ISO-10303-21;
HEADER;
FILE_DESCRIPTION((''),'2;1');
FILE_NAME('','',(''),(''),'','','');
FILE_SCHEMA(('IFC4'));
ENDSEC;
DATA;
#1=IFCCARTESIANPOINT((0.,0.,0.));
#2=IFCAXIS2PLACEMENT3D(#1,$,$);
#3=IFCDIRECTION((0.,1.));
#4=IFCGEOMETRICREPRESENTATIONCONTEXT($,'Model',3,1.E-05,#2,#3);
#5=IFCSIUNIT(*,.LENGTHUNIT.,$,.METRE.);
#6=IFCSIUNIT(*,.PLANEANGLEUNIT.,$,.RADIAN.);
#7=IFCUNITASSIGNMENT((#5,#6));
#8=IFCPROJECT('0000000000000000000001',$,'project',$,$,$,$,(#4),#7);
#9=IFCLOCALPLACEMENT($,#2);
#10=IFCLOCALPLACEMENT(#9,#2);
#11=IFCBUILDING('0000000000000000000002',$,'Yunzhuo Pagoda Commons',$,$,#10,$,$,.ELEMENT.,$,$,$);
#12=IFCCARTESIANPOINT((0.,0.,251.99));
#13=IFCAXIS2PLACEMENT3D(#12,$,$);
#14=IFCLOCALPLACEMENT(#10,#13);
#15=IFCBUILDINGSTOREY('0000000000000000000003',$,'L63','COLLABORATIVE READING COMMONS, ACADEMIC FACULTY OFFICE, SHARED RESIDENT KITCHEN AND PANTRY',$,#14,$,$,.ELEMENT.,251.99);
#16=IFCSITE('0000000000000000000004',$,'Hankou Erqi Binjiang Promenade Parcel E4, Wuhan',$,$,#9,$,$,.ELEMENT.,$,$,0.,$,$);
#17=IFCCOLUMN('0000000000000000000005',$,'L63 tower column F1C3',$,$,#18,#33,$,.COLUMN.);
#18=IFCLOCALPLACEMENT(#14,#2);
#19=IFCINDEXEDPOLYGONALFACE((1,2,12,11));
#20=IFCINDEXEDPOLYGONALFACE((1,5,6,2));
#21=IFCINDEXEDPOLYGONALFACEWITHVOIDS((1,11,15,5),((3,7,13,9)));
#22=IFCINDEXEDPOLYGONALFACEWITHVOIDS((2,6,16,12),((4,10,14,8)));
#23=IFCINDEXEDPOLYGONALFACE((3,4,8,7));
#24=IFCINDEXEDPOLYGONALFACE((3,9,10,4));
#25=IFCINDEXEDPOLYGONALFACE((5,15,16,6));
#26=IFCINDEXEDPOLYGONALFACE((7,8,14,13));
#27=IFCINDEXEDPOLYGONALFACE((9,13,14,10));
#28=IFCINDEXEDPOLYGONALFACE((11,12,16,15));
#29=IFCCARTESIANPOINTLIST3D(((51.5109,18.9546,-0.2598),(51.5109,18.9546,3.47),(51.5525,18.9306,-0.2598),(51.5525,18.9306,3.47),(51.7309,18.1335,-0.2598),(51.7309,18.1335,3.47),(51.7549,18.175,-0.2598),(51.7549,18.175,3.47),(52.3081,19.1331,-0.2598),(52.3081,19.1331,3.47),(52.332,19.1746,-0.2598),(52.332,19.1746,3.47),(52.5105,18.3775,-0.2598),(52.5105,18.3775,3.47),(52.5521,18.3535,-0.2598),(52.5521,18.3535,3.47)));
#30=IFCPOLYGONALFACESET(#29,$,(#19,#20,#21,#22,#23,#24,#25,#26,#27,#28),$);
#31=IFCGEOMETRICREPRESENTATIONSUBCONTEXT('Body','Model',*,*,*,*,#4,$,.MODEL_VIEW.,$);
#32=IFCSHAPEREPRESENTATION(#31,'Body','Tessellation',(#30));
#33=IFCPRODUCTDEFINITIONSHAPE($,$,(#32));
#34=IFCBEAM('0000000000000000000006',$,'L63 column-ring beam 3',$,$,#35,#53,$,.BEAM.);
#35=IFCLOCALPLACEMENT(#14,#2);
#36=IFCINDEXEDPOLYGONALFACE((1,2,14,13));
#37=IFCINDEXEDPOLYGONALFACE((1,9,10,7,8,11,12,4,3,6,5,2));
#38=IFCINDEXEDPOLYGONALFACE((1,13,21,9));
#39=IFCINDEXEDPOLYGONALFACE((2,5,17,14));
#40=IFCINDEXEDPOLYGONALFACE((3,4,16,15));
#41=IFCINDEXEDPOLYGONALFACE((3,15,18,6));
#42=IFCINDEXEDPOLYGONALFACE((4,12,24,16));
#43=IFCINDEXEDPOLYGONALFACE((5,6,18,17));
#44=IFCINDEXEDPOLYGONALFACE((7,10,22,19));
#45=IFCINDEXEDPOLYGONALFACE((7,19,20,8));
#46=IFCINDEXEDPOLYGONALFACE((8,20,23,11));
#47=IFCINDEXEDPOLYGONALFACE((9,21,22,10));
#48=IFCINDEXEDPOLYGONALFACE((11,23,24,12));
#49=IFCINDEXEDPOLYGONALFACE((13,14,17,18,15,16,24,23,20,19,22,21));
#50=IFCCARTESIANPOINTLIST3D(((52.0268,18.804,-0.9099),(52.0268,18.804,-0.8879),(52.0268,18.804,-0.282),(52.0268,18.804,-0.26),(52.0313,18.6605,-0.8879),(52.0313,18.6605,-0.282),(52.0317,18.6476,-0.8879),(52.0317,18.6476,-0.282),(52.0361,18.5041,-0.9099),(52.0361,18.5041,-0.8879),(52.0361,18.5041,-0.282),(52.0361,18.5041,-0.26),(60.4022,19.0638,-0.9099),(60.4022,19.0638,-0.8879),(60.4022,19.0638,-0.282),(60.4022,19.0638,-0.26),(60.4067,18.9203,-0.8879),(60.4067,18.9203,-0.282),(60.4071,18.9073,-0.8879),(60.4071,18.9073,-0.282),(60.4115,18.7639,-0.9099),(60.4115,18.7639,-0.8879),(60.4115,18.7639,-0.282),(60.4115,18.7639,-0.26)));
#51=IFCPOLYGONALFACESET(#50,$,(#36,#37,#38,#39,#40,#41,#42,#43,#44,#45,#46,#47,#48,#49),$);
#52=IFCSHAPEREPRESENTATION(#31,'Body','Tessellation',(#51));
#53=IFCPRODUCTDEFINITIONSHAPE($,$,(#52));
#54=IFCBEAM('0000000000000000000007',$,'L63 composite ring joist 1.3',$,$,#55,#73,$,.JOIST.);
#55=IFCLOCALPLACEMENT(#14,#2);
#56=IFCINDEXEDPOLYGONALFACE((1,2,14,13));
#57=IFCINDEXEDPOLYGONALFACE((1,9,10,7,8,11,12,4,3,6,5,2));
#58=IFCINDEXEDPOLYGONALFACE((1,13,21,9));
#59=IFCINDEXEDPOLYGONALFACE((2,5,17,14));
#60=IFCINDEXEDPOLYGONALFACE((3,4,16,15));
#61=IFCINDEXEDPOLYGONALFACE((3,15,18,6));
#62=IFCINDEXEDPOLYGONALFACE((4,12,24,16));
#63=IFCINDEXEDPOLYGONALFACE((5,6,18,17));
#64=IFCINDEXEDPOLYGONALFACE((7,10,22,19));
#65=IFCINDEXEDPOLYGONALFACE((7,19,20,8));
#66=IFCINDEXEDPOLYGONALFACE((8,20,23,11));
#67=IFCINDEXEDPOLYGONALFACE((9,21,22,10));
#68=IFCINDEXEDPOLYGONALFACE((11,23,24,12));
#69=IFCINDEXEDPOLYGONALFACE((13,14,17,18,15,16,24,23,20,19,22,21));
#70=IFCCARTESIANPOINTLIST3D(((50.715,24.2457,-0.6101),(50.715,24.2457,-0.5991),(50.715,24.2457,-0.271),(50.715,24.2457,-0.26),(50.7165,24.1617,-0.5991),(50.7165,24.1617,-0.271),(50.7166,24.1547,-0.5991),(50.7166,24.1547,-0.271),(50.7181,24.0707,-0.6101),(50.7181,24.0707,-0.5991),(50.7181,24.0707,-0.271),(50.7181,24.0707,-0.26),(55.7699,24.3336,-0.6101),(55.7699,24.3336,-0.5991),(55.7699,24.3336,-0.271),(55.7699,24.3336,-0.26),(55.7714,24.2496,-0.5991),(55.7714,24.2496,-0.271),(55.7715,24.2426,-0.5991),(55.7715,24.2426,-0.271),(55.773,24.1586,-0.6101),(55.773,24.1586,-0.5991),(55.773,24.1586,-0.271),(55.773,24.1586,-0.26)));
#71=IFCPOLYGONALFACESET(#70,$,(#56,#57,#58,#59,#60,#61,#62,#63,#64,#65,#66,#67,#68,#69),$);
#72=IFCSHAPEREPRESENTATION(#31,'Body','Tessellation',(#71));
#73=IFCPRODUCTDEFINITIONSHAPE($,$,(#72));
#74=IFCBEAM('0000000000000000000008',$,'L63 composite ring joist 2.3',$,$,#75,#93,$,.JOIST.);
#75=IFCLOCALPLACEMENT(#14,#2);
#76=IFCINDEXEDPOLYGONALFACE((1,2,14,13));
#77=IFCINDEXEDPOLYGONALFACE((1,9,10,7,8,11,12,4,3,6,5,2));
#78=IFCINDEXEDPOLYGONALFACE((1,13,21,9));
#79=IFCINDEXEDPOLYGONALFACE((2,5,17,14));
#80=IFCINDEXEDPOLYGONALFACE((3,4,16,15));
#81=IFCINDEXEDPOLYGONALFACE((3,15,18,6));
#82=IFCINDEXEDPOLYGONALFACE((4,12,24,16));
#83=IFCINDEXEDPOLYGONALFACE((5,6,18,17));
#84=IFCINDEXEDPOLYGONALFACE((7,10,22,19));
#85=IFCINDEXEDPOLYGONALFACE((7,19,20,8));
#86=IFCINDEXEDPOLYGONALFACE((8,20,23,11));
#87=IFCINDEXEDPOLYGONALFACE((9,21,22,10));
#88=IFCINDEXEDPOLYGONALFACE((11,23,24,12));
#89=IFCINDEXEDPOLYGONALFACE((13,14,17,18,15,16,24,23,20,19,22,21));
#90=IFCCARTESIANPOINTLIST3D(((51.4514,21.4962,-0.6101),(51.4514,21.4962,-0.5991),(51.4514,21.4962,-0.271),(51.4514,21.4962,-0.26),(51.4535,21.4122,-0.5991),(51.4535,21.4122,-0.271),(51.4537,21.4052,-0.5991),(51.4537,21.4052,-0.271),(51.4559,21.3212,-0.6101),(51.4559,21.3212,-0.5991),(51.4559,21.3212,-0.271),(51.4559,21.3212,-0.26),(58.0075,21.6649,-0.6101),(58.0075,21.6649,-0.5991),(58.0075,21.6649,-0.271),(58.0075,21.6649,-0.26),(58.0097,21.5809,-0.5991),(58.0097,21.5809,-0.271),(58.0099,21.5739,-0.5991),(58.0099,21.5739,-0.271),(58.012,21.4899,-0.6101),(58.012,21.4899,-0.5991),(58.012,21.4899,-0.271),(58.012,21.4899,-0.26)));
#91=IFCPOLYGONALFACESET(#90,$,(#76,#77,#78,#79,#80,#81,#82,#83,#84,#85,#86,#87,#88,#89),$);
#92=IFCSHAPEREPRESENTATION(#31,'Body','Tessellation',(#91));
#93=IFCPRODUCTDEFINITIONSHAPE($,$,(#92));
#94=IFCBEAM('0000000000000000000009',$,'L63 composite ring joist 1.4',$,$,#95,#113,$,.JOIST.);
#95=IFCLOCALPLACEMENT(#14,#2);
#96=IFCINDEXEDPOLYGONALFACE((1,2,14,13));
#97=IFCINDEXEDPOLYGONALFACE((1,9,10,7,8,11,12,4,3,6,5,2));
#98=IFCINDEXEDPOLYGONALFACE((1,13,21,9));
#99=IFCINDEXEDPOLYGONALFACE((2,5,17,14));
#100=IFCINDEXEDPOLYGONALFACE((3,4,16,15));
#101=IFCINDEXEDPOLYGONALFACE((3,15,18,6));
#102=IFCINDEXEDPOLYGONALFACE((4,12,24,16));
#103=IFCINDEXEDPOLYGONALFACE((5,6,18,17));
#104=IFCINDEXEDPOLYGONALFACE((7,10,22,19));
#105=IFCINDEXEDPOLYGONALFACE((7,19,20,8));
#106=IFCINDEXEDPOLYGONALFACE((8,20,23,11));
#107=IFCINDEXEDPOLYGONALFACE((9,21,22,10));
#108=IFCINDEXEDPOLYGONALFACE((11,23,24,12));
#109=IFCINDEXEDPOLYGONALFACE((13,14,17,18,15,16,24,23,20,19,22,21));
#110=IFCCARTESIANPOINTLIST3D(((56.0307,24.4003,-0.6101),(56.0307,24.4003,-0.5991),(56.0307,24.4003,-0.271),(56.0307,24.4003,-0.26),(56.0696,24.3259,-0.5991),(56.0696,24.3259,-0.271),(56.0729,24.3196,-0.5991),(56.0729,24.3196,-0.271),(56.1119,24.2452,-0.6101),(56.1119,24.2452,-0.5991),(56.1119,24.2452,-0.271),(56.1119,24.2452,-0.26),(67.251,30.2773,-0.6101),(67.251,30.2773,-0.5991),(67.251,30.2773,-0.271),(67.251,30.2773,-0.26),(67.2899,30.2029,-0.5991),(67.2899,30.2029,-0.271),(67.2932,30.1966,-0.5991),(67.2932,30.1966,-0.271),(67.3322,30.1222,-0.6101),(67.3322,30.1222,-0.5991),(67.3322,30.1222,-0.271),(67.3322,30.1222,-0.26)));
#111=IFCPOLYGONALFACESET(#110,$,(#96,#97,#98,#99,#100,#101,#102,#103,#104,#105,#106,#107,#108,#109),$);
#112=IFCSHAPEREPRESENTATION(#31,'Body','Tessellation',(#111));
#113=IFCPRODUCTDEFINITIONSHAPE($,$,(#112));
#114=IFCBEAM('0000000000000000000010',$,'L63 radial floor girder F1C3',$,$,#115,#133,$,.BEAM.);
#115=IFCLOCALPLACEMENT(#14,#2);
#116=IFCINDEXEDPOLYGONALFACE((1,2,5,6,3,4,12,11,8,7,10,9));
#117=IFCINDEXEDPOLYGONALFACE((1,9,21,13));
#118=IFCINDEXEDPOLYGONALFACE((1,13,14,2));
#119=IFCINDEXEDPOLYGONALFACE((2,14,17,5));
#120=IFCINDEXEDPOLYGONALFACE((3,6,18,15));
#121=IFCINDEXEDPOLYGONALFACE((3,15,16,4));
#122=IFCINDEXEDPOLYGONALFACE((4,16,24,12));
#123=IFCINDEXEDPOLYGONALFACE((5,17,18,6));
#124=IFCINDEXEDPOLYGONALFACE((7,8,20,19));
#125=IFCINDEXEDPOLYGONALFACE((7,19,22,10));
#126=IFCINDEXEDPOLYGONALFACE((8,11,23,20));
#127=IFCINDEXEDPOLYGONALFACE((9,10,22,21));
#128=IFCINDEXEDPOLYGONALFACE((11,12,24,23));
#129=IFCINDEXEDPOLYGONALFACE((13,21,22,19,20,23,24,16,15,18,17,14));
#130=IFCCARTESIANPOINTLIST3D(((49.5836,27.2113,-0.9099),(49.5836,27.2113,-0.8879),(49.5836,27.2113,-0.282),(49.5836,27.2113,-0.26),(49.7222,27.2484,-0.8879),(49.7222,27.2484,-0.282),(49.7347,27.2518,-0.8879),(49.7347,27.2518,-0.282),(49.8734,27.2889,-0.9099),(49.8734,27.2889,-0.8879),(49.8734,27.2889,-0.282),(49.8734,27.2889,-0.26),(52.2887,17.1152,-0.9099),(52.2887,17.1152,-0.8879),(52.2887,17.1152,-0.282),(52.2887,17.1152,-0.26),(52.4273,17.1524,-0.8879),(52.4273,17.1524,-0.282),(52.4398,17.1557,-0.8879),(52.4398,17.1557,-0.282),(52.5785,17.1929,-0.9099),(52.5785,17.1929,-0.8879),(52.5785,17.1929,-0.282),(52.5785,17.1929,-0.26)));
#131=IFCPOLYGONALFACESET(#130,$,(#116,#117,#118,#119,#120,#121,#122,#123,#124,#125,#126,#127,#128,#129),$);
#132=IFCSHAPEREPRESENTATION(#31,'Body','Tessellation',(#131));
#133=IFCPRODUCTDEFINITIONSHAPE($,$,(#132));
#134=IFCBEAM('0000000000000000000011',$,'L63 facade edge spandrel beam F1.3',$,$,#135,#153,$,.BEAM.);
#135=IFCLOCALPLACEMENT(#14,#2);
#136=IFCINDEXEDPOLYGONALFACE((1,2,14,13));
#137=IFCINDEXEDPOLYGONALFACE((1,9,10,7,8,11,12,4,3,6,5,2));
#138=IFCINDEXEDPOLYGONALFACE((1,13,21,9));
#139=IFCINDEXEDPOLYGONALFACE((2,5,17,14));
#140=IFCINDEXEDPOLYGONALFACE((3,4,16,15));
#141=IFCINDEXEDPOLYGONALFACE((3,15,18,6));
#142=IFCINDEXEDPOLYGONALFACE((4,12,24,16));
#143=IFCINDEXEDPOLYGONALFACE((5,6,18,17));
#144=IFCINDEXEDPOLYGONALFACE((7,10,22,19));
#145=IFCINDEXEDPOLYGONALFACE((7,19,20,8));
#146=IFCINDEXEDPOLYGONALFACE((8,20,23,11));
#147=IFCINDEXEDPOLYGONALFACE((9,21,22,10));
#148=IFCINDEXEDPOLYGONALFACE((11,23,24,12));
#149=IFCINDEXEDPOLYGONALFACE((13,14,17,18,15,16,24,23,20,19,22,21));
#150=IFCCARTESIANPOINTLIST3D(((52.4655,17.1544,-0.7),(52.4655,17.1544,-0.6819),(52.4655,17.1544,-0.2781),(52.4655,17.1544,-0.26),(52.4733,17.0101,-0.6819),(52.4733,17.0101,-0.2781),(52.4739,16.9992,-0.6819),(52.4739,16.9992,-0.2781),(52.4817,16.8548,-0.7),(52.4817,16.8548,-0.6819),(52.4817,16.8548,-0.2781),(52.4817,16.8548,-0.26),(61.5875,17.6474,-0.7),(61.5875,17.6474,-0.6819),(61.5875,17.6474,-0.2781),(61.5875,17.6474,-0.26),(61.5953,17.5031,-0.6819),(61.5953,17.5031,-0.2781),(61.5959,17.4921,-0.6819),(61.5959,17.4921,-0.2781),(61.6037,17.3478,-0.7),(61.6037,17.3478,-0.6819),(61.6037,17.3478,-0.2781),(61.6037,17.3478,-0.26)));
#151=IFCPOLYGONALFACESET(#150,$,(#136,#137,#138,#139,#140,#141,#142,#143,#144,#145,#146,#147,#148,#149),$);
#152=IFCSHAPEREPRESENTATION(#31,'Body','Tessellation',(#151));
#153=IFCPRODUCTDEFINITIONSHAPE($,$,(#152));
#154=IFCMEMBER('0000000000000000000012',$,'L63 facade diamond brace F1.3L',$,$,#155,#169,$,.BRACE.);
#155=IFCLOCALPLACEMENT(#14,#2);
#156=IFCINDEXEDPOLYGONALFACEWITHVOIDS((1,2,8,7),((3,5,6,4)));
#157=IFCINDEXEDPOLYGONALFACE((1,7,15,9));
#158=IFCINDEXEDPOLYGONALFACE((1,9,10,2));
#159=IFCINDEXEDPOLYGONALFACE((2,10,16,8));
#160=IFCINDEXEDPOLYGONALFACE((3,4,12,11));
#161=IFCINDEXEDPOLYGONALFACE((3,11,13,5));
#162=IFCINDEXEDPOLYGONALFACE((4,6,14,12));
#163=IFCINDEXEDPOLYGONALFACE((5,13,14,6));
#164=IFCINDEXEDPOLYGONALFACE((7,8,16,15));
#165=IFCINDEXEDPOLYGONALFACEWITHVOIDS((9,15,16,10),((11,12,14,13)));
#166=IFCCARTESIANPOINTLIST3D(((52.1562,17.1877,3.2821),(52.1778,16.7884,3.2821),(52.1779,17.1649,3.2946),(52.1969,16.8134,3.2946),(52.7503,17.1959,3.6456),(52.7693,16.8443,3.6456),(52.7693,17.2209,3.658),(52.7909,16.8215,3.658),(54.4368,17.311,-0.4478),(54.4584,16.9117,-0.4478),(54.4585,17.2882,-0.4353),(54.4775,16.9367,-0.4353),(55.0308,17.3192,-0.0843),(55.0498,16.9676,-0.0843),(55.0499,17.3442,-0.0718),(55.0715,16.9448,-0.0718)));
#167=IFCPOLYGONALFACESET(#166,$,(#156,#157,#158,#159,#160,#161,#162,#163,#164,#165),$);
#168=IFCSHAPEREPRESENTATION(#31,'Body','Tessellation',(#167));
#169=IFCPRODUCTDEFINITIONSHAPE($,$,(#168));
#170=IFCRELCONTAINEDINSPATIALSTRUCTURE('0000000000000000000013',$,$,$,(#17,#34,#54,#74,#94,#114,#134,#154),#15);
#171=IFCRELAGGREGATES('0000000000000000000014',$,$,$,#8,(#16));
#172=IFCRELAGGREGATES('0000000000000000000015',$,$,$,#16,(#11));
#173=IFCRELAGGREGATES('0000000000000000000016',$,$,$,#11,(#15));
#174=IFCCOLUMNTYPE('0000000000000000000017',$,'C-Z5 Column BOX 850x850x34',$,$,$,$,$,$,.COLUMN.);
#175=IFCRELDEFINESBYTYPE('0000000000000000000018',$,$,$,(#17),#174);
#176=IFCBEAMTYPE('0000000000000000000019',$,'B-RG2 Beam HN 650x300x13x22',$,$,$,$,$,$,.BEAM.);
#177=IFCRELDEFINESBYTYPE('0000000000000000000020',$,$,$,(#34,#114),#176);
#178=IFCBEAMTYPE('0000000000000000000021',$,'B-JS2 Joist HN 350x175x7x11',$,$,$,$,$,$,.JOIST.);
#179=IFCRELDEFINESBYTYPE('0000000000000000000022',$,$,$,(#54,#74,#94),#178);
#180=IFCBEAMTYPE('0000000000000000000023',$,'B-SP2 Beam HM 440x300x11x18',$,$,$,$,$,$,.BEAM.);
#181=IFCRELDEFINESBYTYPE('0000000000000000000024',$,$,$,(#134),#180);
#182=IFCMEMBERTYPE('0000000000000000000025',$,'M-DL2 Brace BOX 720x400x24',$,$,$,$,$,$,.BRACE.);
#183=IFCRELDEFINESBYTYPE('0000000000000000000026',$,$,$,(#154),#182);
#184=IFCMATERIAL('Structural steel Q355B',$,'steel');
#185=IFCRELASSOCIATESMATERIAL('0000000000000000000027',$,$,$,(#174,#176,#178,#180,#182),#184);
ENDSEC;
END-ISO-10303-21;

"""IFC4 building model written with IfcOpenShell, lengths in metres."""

from ifc_helpers import new_model, si_unit, direction, frame, origin, origin_2d, place, context, subcontext, project, spatial, hollow_rectangle, i_section, extrude, source, transform, mapped, material, material_profile, profile_set, type_object, element, save


model = new_model("IFC4")

# Units and contexts
model_context = context("Model", 3, precision=1e-05, world=origin(), true_north=direction((0.0, 1.0)))
body_context = subcontext(model_context, "Body", "Model", "MODEL_VIEW")
ifc_project = project(units=[si_unit("LENGTHUNIT", "METRE"), si_unit("PLANEANGLEUNIT", "RADIAN")], contexts=[model_context])

# Site, building, storey
site_placement = place(None, origin())
site = spatial("IfcSite", under=ifc_project, at=site_placement, Name="Hankou Erqi Binjiang Promenade Parcel E4, Wuhan", CompositionType="ELEMENT", RefElevation=0.0)
building_placement = place(site_placement, origin())
building = spatial("IfcBuilding", under=site, at=building_placement, Name="Yunzhuo Pagoda Commons", CompositionType="ELEMENT")
storey_placement = place(building_placement, frame((0.0, 0.0, 251.99)))
storey = spatial("IfcBuildingStorey", under=building, at=storey_placement, Name="L63", Description="COLLABORATIVE READING COMMONS, ACADEMIC FACULTY OFFICE, SHARED RESIDENT KITCHEN AND PANTRY", CompositionType="ELEMENT", Elevation=251.99)

# Column
ifc_material_1 = material(Name="Structural steel Q355B", Category="steel")
ifc_material_profile_1 = material_profile(ifc_material_1, hollow_rectangle(XDim=0.8501, YDim=0.8501, WallThickness=0.0339, at=origin_2d()), Name="Structural steel Q355B")
ifc_profile_set_1 = profile_set([ifc_material_profile_1], Name="Structural steel Q355B")
column_type = type_object("IfcColumnType", Name="C-Z5 Column BOX 850x850x34", PredefinedType="COLUMN", material=ifc_profile_set_1)
shared_shape_1 = source(origin(), body_context, "Body", "SweptSolid", [
    extrude(hollow_rectangle(XDim=0.8501, YDim=0.8501, WallThickness=0.0339, at=origin_2d()), origin(), (0.0, 0.0, 1.0), 3.7297),
])
column_placement = place(storey_placement, frame((52.0315, 18.6541, -0.2598), z_axis=(0.0, 0.0, 1.0), x_axis=(0.965926, 0.258819, 0.0)))
element("IfcColumn", 1, at=column_placement, inside=storey, type_object=column_type, Name="L63 tower column F1C3", PredefinedType="COLUMN", context=body_context, shape_type="MappedRepresentation", body=[
    mapped(shared_shape_1, transform((0.0, 0.0, 0.0), scale=1.0)),
])

# Beams
ifc_material_profile_2 = material_profile(ifc_material_1, i_section(OverallWidth=0.3, OverallDepth=0.6499, WebThickness=0.0129, FlangeThickness=0.022, at=origin_2d()), Name="Structural steel Q355B")
ifc_profile_set_2 = profile_set([ifc_material_profile_2], Name="Structural steel Q355B")
beam_type_1 = type_object("IfcBeamType", Name="B-RG2 Beam HN 650x300x13x22", PredefinedType="BEAM", material=ifc_profile_set_2)
shared_shape_2 = source(origin(), body_context, "Body", "SweptSolid", [
    extrude(i_section(OverallWidth=0.3, OverallDepth=0.6499, WebThickness=0.0129, FlangeThickness=0.022, at=origin_2d()), origin(), (0.0, 0.0, 1.0), 8.3794),
])
beam_1_placement = place(storey_placement, frame((52.0315, 18.6541, -0.585), z_axis=(0.999519, 0.031, 0.0), x_axis=(-0.031, 0.999519, 0.0)))
element("IfcBeam", 2, at=beam_1_placement, inside=storey, type_object=beam_type_1, Name="L63 column-ring beam 3", PredefinedType="BEAM", context=body_context, shape_type="MappedRepresentation", body=[
    mapped(shared_shape_2, transform((0.0, 0.0, 0.0), scale=1.0)),
])
ifc_material_profile_3 = material_profile(ifc_material_1, i_section(OverallWidth=0.175, OverallDepth=0.3501, WebThickness=0.0071, FlangeThickness=0.011, at=origin_2d()), Name="Structural steel Q355B")
ifc_profile_set_3 = profile_set([ifc_material_profile_3], Name="Structural steel Q355B")
beam_type_2 = type_object("IfcBeamType", Name="B-JS2 Joist HN 350x175x7x11", PredefinedType="JOIST", material=ifc_profile_set_3)
shared_shape_3 = source(origin(), body_context, "Body", "SweptSolid", [
    extrude(i_section(OverallWidth=0.175, OverallDepth=0.3501, WebThickness=0.0071, FlangeThickness=0.011, at=origin_2d()), origin(), (0.0, 0.0, 1.0), 5.0557),
])
beam_2_placement = place(storey_placement, frame((50.7166, 24.1582, -0.4351), z_axis=(0.999849, 0.017384, 0.0), x_axis=(-0.017384, 0.999849, 0.0)))
element("IfcBeam", 3, at=beam_2_placement, inside=storey, type_object=beam_type_2, Name="L63 composite ring joist 1.3", PredefinedType="JOIST", context=body_context, shape_type="MappedRepresentation", body=[
    mapped(shared_shape_3, transform((0.0, 0.0, 0.0), scale=1.0)),
])
shared_shape_4 = source(origin(), body_context, "Body", "SweptSolid", [
    extrude(i_section(OverallWidth=0.175, OverallDepth=0.3501, WebThickness=0.0071, FlangeThickness=0.011, at=origin_2d()), origin(), (0.0, 0.0, 1.0), 6.5583),
])
beam_3_placement = place(storey_placement, frame((51.4536, 21.4087, -0.4351), z_axis=(0.999669, 0.025723, 0.0), x_axis=(-0.025723, 0.999669, 0.0)))
element("IfcBeam", 4, at=beam_3_placement, inside=storey, type_object=beam_type_2, Name="L63 composite ring joist 2.3", PredefinedType="JOIST", context=body_context, shape_type="MappedRepresentation", body=[
    mapped(shared_shape_4, transform((0.0, 0.0, 0.0), scale=1.0)),
])
shared_shape_5 = source(origin(), body_context, "Body", "SweptSolid", [
    extrude(i_section(OverallWidth=0.175, OverallDepth=0.3501, WebThickness=0.0071, FlangeThickness=0.011, at=origin_2d()), origin(), (0.0, 0.0, 1.0), 12.6663),
])
beam_4_placement = place(storey_placement, frame((56.0713, 24.3228, -0.4351), z_axis=(0.885841, 0.463988, 0.0), x_axis=(-0.463988, 0.885841, 0.0)))
element("IfcBeam", 5, at=beam_4_placement, inside=storey, type_object=beam_type_2, Name="L63 composite ring joist 1.4", PredefinedType="JOIST", context=body_context, shape_type="MappedRepresentation", body=[
    mapped(shared_shape_5, transform((0.0, 0.0, 0.0), scale=1.0)),
])
shared_shape_6 = source(origin(), body_context, "Body", "SweptSolid", [
    extrude(i_section(OverallWidth=0.3, OverallDepth=0.6499, WebThickness=0.0129, FlangeThickness=0.022, at=origin_2d()), origin(), (0.0, 0.0, 1.0), 10.4521),
])
beam_5_placement = place(storey_placement, frame((52.4336, 17.1541, -0.585), z_axis=(-0.258808, 0.965929, 0.0), x_axis=(-0.965929, -0.258808, 0.0)))
element("IfcBeam", 6, at=beam_5_placement, inside=storey, type_object=beam_type_1, Name="L63 radial floor girder F1C3", PredefinedType="BEAM", context=body_context, shape_type="MappedRepresentation", body=[
    mapped(shared_shape_6, transform((0.0, 0.0, 0.0), scale=1.0)),
])
ifc_material_profile_4 = material_profile(ifc_material_1, i_section(OverallWidth=0.3, OverallDepth=0.4399, WebThickness=0.011, FlangeThickness=0.0181, at=origin_2d()), Name="Structural steel Q355B")
ifc_profile_set_4 = profile_set([ifc_material_profile_4], Name="Structural steel Q355B")
beam_type_3 = type_object("IfcBeamType", Name="B-SP2 Beam HM 440x300x11x18", PredefinedType="BEAM", material=ifc_profile_set_4)
shared_shape_7 = source(origin(), body_context, "Body", "SweptSolid", [
    extrude(i_section(OverallWidth=0.3, OverallDepth=0.4399, WebThickness=0.011, FlangeThickness=0.0181, at=origin_2d()), origin(), (0.0, 0.0, 1.0), 9.1353),
])
beam_6_placement = place(storey_placement, frame((52.4736, 17.0046, -0.48), z_axis=(0.998543, 0.053959, 0.0), x_axis=(-0.053959, 0.998543, 0.0)))
element("IfcBeam", 7, at=beam_6_placement, inside=storey, type_object=beam_type_3, Name="L63 facade edge spandrel beam F1.3", PredefinedType="BEAM", context=body_context, shape_type="MappedRepresentation", body=[
    mapped(shared_shape_7, transform((0.0, 0.0, 0.0), scale=1.0)),
])

# Member
ifc_material_profile_5 = material_profile(ifc_material_1, hollow_rectangle(XDim=0.3999, YDim=0.72, WallThickness=0.0239, at=origin_2d()), Name="Structural steel Q355B")
ifc_profile_set_5 = profile_set([ifc_material_profile_5], Name="Structural steel Q355B")
member_type_1 = type_object("IfcMemberType", Name="M-DL2 Brace BOX 720x400x24", PredefinedType="BRACE", material=ifc_profile_set_5)
shared_shape_8 = source(origin(), body_context, "Body", "SweptSolid", [
    extrude(hollow_rectangle(XDim=0.3999, YDim=0.72, WallThickness=0.0239, at=origin_2d()), origin(), (0.0, 0.0, 1.0), 4.3735),
])
member_1_placement = place(storey_placement, frame((54.7542, 17.1279, -0.2598), z_axis=(-0.521448, -0.028191, 0.852817), x_axis=(0.053984, -0.998542, 0.0)))
element("IfcMember", 8, at=member_1_placement, inside=storey, type_object=member_type_1, Name="L63 facade diamond brace F1.3L", PredefinedType="BRACE", context=body_context, shape_type="MappedRepresentation", body=[
    mapped(shared_shape_8, transform((0.0, 0.0, 0.0), scale=1.0)),
])

save(model, "model.ifc")
